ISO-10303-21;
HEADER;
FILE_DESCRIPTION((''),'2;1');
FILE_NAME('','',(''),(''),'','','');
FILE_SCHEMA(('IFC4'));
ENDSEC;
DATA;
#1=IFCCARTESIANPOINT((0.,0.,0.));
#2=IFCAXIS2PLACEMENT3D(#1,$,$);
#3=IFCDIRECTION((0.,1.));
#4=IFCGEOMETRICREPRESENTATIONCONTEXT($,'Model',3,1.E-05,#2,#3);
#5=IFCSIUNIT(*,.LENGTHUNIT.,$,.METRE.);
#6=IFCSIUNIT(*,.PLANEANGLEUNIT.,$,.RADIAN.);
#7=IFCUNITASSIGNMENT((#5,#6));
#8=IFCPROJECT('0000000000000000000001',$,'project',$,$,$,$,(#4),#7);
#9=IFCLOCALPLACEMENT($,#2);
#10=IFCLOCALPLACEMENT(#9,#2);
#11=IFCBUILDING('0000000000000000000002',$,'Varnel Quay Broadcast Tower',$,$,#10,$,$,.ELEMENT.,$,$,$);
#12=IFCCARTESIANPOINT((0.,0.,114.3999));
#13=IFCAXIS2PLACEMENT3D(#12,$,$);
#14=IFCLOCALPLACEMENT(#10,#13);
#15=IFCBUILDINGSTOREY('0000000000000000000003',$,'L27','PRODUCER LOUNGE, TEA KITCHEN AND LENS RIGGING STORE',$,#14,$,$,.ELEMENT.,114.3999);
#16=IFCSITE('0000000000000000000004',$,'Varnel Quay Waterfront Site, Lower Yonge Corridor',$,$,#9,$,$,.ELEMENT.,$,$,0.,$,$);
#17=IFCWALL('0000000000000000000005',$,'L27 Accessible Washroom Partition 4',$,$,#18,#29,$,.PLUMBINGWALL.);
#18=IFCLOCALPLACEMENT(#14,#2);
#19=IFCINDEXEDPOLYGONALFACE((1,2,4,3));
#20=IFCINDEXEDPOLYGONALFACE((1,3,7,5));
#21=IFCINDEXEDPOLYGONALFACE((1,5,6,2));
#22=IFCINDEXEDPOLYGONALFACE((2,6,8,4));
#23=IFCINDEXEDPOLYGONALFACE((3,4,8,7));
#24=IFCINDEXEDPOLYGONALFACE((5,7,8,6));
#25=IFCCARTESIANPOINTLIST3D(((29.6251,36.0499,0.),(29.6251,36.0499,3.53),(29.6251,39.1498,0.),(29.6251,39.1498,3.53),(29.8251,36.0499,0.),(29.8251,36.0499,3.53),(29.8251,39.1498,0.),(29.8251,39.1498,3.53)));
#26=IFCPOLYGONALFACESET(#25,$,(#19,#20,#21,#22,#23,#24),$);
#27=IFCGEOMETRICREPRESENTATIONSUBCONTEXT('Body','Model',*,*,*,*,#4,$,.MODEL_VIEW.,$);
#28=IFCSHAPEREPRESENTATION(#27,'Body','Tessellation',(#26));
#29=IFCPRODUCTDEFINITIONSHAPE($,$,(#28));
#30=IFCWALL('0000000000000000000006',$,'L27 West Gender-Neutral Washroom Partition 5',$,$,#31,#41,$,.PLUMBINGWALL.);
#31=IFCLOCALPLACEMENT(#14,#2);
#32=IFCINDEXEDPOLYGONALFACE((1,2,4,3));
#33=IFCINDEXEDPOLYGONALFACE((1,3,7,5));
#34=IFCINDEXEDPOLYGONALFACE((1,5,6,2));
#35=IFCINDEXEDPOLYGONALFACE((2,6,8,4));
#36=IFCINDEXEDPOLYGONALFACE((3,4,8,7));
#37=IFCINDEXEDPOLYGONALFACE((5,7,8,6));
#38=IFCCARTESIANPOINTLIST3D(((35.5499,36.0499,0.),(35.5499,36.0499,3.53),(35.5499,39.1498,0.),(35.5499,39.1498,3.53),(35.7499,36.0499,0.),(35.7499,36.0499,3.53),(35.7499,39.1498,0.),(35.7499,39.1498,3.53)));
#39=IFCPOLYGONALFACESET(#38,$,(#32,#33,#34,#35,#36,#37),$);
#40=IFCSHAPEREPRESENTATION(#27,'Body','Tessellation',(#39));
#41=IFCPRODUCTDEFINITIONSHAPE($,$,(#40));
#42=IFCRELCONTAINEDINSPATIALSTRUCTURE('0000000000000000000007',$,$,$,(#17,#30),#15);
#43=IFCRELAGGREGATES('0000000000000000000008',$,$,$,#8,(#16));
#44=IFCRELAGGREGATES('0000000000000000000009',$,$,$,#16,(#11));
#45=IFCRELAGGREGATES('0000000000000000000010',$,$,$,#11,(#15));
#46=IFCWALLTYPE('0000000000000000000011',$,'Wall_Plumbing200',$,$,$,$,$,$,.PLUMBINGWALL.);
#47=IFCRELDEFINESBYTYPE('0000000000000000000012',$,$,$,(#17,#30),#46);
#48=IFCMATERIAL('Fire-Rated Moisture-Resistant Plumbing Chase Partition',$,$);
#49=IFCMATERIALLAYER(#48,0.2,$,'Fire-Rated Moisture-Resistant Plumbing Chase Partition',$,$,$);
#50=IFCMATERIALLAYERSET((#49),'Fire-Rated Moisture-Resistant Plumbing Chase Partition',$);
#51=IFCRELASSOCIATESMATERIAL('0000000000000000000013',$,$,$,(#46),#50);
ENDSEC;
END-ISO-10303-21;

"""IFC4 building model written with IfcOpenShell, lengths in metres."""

from ifc_helpers import new_model, si_unit, direction, frame, frame_2d, origin, place, context, subcontext, project, spatial, rectangle, extrude, material, layer, layer_set, type_object, element, save


model = new_model("IFC4")

# Units and contexts
model_context = context("Model", 3, precision=1e-05, world=origin(), true_north=direction((0.0, 1.0)))
body_context = subcontext(model_context, "Body", "Model", "MODEL_VIEW")
ifc_project = project(units=[si_unit("LENGTHUNIT", "METRE"), si_unit("PLANEANGLEUNIT", "RADIAN")], contexts=[model_context])

# Site, building, storey
site_placement = place(None, origin())
site = spatial("IfcSite", under=ifc_project, at=site_placement, Name="Varnel Quay Waterfront Site, Lower Yonge Corridor", CompositionType="ELEMENT", RefElevation=0.0)
building_placement = place(site_placement, origin())
building = spatial("IfcBuilding", under=site, at=building_placement, Name="Varnel Quay Broadcast Tower", CompositionType="ELEMENT")
storey_placement = place(building_placement, frame((0.0, 0.0, 114.3999)))
storey = spatial("IfcBuildingStorey", under=building, at=storey_placement, Name="L27", Description="PRODUCER LOUNGE, TEA KITCHEN AND LENS RIGGING STORE", CompositionType="ELEMENT", Elevation=114.3999)

# Walls
ifc_material_1 = material(Name="Fire-Rated Moisture-Resistant Plumbing Chase Partition")
ifc_layer_1 = layer(ifc_material_1, 0.2, Name="Fire-Rated Moisture-Resistant Plumbing Chase Partition")
ifc_layer_set_1 = layer_set([ifc_layer_1], Name="Fire-Rated Moisture-Resistant Plumbing Chase Partition")
wall_type_1 = type_object("IfcWallType", Name="Wall_Plumbing200", PredefinedType="PLUMBINGWALL", material=ifc_layer_set_1)
for number, where, z_axis, x_axis, name in (
    (1, (29.7251, 36.05, 0.0), (0.0, 0.0, 1.0), (0.0, 1.0, 0.0), "L27 Accessible Washroom Partition 4"),
    (2, (35.6499, 36.05, 0.0), (0.0, 0.0, 1.0), (0.0, 1.0, 0.0), "L27 West Gender-Neutral Washroom Partition 5"),
):
    element("IfcWall", number, at=place(storey_placement, frame(where, z_axis=z_axis, x_axis=x_axis)), inside=storey, type_object=wall_type_1, Name=name, PredefinedType="PLUMBINGWALL", context=body_context, shape_type="SweptSolid", body=[
        extrude(rectangle(XDim=3.0999, YDim=0.2, at=frame_2d((1.5498, 0.0))), origin(), (0.0, 0.0, 1.0), 3.53),
    ])

save(model, "model.ifc")
